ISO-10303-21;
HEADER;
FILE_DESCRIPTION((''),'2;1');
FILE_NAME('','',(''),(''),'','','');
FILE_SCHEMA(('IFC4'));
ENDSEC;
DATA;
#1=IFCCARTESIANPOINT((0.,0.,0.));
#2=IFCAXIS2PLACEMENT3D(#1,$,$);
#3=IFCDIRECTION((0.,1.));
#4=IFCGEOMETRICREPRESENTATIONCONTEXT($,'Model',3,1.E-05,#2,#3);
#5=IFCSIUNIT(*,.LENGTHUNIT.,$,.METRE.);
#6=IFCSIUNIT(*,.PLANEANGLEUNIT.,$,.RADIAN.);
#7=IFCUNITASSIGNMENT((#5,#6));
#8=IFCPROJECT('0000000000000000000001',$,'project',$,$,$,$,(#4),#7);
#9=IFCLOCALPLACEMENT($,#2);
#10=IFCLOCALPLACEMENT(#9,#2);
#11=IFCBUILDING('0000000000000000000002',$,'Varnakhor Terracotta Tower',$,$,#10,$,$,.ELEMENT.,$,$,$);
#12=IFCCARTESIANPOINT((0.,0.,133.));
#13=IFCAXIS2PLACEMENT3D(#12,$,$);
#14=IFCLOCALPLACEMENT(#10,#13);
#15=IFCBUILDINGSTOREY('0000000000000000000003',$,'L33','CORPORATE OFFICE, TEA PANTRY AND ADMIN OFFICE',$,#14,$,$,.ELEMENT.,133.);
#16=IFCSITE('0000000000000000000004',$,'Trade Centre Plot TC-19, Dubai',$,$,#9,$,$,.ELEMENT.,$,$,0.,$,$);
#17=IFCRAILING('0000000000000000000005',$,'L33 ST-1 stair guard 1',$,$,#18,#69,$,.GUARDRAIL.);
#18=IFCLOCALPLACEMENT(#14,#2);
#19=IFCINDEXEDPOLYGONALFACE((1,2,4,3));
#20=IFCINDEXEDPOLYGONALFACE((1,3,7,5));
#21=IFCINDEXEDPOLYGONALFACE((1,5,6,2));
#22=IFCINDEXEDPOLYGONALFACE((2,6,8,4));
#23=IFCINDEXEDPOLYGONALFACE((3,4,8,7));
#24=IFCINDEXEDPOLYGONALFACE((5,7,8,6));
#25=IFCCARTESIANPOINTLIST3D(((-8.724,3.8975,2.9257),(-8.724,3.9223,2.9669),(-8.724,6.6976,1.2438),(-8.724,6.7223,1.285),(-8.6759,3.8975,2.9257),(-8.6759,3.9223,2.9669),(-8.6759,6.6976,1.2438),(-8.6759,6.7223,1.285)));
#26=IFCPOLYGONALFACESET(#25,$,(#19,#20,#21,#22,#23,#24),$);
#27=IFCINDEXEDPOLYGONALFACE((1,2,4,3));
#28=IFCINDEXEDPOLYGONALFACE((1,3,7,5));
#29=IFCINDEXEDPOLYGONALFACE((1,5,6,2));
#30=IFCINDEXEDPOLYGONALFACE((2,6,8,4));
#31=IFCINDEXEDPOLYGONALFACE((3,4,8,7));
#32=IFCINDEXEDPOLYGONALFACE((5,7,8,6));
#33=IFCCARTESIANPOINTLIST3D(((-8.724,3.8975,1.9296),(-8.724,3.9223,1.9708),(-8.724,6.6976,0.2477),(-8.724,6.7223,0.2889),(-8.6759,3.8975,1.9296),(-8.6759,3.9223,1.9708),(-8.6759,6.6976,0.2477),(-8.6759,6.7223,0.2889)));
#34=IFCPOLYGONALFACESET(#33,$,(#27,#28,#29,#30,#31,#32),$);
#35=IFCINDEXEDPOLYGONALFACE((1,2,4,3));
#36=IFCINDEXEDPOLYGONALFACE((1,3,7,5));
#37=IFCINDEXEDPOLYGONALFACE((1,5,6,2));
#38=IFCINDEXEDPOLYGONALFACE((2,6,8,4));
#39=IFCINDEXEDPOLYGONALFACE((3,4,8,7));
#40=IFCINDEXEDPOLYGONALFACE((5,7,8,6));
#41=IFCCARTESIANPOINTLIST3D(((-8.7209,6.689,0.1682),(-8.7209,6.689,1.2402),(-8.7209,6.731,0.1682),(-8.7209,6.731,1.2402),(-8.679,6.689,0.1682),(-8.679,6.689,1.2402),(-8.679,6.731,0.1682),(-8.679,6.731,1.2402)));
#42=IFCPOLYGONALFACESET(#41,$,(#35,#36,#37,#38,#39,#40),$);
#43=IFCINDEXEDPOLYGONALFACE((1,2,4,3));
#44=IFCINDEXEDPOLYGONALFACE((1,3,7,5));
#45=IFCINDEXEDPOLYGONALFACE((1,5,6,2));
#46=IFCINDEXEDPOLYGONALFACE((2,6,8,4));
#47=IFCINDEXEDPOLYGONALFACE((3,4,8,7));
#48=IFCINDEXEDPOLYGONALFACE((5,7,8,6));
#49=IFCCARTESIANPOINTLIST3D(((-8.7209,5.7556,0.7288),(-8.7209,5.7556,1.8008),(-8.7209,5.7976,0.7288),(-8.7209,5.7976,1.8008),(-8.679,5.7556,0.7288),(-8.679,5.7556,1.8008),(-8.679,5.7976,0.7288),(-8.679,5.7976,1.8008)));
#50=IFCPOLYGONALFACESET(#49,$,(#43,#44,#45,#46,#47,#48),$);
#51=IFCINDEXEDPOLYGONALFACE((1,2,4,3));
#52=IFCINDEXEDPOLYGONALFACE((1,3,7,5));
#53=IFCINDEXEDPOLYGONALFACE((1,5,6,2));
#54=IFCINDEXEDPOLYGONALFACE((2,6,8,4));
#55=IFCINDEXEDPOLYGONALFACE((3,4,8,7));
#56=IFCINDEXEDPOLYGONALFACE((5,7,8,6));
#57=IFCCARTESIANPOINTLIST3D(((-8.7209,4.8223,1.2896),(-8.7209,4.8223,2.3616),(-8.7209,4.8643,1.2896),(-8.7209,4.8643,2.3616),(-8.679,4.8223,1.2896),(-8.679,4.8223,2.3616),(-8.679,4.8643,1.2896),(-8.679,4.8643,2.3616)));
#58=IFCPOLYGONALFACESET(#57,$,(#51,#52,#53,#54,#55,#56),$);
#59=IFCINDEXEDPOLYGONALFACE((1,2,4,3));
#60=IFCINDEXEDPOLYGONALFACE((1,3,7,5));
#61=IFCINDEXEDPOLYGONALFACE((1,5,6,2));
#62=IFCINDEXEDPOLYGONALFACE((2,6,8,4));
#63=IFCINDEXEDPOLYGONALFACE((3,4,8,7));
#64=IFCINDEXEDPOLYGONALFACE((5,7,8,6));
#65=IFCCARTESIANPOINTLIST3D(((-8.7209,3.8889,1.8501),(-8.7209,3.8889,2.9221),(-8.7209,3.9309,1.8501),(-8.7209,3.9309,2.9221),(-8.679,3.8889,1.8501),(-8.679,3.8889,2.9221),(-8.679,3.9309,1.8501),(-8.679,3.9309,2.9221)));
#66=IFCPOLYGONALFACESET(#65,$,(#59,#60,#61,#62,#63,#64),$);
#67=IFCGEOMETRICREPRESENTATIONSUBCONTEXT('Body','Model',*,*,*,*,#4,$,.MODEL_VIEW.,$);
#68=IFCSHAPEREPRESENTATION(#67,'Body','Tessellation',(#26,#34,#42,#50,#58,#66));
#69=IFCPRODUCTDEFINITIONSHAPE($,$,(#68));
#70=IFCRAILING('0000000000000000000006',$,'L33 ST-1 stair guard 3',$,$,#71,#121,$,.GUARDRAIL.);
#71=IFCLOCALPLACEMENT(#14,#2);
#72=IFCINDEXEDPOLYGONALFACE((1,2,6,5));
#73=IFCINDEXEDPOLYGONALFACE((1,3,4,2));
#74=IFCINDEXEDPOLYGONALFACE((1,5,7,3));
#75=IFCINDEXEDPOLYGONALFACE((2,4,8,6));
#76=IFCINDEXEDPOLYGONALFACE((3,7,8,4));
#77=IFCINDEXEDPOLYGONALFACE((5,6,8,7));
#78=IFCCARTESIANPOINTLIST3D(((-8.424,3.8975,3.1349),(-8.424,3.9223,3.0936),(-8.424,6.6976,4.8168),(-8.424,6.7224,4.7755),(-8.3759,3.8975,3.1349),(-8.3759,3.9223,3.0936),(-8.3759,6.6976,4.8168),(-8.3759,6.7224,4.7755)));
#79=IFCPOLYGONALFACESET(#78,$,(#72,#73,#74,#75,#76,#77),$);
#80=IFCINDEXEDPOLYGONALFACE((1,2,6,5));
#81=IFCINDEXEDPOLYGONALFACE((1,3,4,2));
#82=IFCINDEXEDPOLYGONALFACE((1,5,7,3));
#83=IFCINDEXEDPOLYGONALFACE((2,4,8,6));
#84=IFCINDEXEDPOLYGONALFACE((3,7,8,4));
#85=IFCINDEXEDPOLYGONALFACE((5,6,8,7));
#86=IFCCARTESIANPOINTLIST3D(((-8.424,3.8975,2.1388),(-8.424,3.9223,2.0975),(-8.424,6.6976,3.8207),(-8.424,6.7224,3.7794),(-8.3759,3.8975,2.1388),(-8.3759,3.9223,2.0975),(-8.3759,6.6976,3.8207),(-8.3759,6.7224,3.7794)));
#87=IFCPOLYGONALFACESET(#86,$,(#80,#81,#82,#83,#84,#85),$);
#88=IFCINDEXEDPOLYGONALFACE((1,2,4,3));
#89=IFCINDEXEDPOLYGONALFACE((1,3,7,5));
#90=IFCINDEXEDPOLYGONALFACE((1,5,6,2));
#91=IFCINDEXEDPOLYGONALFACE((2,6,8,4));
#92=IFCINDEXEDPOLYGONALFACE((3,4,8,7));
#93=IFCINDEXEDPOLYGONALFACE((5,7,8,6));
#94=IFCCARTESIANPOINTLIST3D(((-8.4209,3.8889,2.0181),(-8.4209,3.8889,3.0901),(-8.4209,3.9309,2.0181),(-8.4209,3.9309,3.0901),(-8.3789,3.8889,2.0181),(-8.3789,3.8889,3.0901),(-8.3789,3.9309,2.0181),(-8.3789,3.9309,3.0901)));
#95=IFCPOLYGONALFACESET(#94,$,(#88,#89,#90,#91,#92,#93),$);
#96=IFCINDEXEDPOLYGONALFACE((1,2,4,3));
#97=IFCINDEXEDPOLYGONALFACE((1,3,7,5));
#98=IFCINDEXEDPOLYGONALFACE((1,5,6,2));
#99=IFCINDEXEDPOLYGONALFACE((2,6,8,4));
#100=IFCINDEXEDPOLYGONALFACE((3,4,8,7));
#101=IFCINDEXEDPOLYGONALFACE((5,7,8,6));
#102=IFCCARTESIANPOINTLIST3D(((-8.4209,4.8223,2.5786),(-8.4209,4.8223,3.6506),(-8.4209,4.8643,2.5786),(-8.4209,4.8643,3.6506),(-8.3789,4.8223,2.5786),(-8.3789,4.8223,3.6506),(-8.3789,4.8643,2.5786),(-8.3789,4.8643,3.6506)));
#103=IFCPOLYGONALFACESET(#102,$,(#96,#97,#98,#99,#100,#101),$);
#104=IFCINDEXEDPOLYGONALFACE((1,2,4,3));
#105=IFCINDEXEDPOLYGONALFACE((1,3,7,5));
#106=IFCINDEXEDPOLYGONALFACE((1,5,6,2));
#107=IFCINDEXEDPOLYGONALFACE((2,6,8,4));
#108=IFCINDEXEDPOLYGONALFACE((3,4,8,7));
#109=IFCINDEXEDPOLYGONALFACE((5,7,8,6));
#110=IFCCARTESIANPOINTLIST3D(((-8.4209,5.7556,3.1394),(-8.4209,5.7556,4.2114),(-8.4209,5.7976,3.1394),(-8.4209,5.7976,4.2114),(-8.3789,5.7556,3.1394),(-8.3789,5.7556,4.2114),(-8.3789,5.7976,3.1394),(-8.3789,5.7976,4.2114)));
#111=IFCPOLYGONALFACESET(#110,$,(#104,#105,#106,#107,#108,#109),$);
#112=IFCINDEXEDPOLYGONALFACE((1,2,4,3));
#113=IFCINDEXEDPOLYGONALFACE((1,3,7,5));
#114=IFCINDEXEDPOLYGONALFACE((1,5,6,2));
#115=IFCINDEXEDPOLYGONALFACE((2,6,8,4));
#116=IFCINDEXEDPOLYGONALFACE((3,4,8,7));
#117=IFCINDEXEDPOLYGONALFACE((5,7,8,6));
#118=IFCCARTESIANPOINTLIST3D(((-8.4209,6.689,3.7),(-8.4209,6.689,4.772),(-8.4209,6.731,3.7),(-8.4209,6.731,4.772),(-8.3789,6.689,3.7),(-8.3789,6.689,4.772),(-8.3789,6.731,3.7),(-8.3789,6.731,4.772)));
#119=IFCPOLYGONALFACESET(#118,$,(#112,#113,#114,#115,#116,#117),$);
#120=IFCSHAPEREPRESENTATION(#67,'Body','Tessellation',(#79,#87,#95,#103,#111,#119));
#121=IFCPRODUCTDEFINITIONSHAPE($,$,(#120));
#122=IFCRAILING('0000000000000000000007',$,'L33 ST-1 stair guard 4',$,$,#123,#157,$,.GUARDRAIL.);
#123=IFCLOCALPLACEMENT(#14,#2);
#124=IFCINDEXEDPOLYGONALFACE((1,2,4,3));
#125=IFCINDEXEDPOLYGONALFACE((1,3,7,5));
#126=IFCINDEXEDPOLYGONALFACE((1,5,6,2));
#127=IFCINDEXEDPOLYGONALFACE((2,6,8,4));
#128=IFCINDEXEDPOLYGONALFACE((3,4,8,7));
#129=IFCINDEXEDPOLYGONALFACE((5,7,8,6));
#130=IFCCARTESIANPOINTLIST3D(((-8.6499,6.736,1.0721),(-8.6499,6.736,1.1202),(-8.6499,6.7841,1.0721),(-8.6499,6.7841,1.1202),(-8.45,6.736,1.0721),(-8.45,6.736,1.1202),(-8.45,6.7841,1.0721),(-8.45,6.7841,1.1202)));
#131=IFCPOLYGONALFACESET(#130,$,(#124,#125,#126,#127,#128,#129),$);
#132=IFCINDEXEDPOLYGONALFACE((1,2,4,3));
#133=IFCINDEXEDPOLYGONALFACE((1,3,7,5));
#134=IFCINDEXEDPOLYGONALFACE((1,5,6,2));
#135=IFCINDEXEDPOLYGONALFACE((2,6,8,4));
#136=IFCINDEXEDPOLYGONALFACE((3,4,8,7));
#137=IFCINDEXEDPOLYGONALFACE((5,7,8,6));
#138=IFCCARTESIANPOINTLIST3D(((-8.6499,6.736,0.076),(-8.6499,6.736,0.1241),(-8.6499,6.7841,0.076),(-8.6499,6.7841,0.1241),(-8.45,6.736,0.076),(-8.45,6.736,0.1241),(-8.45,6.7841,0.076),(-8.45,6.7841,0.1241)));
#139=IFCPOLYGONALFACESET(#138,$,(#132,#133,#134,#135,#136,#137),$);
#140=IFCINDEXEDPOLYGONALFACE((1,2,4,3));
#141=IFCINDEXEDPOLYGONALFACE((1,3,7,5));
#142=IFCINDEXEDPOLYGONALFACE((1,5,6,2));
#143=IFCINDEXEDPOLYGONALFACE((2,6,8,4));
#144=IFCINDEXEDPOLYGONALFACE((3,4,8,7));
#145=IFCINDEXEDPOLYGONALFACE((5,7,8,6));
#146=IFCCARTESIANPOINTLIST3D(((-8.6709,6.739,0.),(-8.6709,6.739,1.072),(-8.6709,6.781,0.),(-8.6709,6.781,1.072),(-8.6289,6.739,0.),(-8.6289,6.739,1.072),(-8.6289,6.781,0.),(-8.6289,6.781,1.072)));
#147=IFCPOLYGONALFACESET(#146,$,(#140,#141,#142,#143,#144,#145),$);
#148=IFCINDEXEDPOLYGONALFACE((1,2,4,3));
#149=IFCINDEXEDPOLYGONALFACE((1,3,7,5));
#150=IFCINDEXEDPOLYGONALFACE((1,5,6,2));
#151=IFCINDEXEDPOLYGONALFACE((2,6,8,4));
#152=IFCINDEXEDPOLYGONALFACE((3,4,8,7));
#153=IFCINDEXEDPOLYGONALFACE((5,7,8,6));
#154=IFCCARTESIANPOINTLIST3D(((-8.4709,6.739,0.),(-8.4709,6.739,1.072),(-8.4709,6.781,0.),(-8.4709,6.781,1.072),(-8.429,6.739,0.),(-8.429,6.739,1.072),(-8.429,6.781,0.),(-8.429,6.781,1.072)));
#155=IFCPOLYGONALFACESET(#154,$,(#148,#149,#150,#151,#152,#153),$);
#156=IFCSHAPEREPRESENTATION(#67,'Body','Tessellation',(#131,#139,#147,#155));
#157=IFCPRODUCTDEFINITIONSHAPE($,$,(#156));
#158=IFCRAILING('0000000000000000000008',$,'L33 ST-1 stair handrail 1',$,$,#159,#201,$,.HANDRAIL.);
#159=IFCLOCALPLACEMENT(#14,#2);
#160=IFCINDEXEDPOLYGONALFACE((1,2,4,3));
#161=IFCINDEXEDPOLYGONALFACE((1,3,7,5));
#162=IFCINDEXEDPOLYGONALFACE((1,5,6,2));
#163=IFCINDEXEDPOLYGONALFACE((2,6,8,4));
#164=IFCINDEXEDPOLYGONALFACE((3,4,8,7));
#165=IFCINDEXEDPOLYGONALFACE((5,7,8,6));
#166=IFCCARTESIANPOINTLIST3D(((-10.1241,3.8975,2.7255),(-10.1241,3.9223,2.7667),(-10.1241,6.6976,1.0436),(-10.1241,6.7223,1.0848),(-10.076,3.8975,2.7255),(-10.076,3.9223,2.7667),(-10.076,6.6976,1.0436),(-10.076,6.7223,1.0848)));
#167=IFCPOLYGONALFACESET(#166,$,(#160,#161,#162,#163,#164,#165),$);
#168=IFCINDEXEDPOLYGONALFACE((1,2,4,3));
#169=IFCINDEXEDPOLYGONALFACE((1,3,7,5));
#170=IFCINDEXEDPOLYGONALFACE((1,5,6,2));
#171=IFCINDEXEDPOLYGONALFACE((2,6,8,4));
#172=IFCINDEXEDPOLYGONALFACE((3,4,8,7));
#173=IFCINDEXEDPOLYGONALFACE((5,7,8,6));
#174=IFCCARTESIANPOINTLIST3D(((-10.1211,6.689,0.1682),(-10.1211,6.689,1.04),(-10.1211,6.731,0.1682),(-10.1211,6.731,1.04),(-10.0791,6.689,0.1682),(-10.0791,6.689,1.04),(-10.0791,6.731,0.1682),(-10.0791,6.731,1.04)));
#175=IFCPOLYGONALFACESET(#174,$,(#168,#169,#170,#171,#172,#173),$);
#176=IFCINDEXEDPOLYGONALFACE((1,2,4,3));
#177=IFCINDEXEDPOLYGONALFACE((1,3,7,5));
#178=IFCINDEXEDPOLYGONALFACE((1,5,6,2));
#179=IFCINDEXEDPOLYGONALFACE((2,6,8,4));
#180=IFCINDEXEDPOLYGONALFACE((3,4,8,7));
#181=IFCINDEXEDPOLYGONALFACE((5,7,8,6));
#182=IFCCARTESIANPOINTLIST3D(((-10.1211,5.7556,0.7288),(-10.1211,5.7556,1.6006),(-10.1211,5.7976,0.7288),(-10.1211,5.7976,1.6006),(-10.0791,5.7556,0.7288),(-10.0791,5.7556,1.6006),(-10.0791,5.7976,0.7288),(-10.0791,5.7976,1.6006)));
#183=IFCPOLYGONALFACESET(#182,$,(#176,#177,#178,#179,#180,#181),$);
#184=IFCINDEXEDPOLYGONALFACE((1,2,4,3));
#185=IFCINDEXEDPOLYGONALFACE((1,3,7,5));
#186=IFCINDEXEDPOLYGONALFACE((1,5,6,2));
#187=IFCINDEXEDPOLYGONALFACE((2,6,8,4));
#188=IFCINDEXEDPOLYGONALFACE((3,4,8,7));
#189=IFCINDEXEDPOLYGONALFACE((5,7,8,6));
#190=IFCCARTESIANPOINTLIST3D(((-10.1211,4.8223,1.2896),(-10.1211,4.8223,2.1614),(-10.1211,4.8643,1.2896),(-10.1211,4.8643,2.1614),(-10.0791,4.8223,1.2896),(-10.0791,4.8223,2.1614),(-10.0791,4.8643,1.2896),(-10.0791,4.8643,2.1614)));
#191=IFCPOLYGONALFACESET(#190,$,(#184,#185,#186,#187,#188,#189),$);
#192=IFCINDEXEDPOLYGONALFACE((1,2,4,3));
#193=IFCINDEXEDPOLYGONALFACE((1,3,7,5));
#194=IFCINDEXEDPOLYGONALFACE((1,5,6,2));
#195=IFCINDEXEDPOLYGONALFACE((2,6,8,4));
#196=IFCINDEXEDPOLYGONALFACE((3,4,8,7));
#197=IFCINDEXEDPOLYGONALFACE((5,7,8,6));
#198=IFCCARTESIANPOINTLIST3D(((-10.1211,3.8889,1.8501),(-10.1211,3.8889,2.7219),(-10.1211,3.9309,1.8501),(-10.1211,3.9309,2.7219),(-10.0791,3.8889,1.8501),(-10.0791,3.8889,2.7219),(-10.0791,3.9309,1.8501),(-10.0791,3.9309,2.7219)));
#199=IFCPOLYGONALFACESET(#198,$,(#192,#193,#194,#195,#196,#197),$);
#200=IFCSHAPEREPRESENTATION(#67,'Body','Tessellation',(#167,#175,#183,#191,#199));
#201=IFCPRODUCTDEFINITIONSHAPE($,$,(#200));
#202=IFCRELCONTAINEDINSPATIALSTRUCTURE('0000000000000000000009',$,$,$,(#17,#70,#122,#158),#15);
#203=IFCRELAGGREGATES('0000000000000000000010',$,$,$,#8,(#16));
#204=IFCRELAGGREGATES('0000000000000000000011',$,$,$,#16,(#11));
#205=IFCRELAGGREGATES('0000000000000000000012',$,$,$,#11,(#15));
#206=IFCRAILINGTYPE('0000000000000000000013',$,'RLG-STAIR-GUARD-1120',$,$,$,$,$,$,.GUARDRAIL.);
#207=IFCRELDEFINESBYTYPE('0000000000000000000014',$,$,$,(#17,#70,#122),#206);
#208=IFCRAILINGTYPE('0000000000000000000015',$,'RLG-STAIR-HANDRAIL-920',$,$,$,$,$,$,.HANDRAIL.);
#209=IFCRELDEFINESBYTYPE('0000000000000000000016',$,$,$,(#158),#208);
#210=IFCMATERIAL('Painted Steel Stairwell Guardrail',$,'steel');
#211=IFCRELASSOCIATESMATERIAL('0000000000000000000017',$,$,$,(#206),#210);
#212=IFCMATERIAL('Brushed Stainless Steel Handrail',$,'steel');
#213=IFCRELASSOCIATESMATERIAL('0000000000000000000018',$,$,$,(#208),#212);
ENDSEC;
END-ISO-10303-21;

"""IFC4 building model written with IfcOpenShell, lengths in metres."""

from ifc_helpers import new_model, si_unit, direction, frame, origin, origin_2d, place, context, subcontext, project, spatial, rectangle, extrude, material, type_object, element, save


model = new_model("IFC4")

# Units and contexts
model_context = context("Model", 3, precision=1e-05, world=origin(), true_north=direction((0.0, 1.0)))
body_context = subcontext(model_context, "Body", "Model", "MODEL_VIEW")
ifc_project = project(units=[si_unit("LENGTHUNIT", "METRE"), si_unit("PLANEANGLEUNIT", "RADIAN")], contexts=[model_context])

# Site, building, storey
site_placement = place(None, origin())
site = spatial("IfcSite", under=ifc_project, at=site_placement, Name="Trade Centre Plot TC-19, Dubai", CompositionType="ELEMENT", RefElevation=0.0)
building_placement = place(site_placement, origin())
building = spatial("IfcBuilding", under=site, at=building_placement, Name="Varnakhor Terracotta Tower", CompositionType="ELEMENT")
storey_placement = place(building_placement, frame((0.0, 0.0, 133.0)))
storey = spatial("IfcBuildingStorey", under=building, at=storey_placement, Name="L33", Description="CORPORATE OFFICE, TEA PANTRY AND ADMIN OFFICE", CompositionType="ELEMENT", Elevation=133.0)

# Railings
ifc_material_1 = material(Name="Painted Steel Stairwell Guardrail", Category="steel")
railing_type_1 = type_object("IfcRailingType", Name="RLG-STAIR-GUARD-1120", PredefinedType="GUARDRAIL", material=ifc_material_1)
railing_1_placement = place(storey_placement, frame((-8.7, 6.71, 0.1682)))
element("IfcRailing", 1, at=railing_1_placement, inside=storey, type_object=railing_type_1, Name="L33 ST-1 stair guard 1", PredefinedType="GUARDRAIL", context=body_context, shape_type="SweptSolid", body=[
    extrude(rectangle(XDim=0.0481, YDim=0.0481, at=origin_2d()), frame((0.0, 0.0, 1.0962), z_axis=(0.0, -0.857242, 0.514913), x_axis=(1.0, 0.0, 0.0)), (0.0, 0.0, 1.0), 3.2664),
    extrude(rectangle(XDim=0.0481, YDim=0.0481, at=origin_2d()), frame((0.0, 0.0, 0.1001), z_axis=(0.0, -0.857242, 0.514913), x_axis=(1.0, 0.0, 0.0)), (0.0, 0.0, 1.0), 3.2664),
    extrude(rectangle(XDim=0.042, YDim=0.042, at=origin_2d()), origin(), (0.0, 0.0, 1.0), 1.072),
    extrude(rectangle(XDim=0.042, YDim=0.042, at=origin_2d()), frame((0.0, -0.9333, 0.5605)), (0.0, 0.0, 1.0), 1.072),
    extrude(rectangle(XDim=0.042, YDim=0.042, at=origin_2d()), frame((0.0, -1.8667, 1.1213)), (0.0, 0.0, 1.0), 1.072),
    extrude(rectangle(XDim=0.042, YDim=0.042, at=origin_2d()), frame((0.0, -2.8, 1.6819)), (0.0, 0.0, 1.0), 1.072),
])
railing_2_placement = place(storey_placement, frame((-8.3999, 3.9099, 2.0181)))
element("IfcRailing", 2, at=railing_2_placement, inside=storey, type_object=railing_type_1, Name="L33 ST-1 stair guard 3", PredefinedType="GUARDRAIL", context=body_context, shape_type="SweptSolid", body=[
    extrude(rectangle(XDim=0.0481, YDim=0.0481, at=origin_2d()), frame((0.0, 0.0, 1.0962), z_axis=(0.0, 0.857242, 0.514913), x_axis=(-1.0, 0.0, 0.0)), (0.0, 0.0, 1.0), 3.2664),
    extrude(rectangle(XDim=0.0481, YDim=0.0481, at=origin_2d()), frame((0.0, 0.0, 0.1001), z_axis=(0.0, 0.857242, 0.514913), x_axis=(-1.0, 0.0, 0.0)), (0.0, 0.0, 1.0), 3.2664),
    extrude(rectangle(XDim=0.042, YDim=0.042, at=origin_2d()), origin(), (0.0, 0.0, 1.0), 1.072),
    extrude(rectangle(XDim=0.042, YDim=0.042, at=origin_2d()), frame((0.0, 0.9333, 0.5605)), (0.0, 0.0, 1.0), 1.072),
    extrude(rectangle(XDim=0.042, YDim=0.042, at=origin_2d()), frame((0.0, 1.8667, 1.1213)), (0.0, 0.0, 1.0), 1.072),
    extrude(rectangle(XDim=0.042, YDim=0.042, at=origin_2d()), frame((0.0, 2.8, 1.6819)), (0.0, 0.0, 1.0), 1.072),
])
railing_3_placement = place(storey_placement, frame((-8.6499, 6.76, 0.0)))
element("IfcRailing", 3, at=railing_3_placement, inside=storey, type_object=railing_type_1, Name="L33 ST-1 stair guard 4", PredefinedType="GUARDRAIL", context=body_context, shape_type="SweptSolid", body=[
    extrude(rectangle(XDim=0.0481, YDim=0.0481, at=origin_2d()), frame((0.0, 0.0, 1.0962), z_axis=(1.0, 0.0, 0.0), x_axis=(0.0, 1.0, 0.0)), (0.0, 0.0, 1.0), 0.2),
    extrude(rectangle(XDim=0.0481, YDim=0.0481, at=origin_2d()), frame((0.0, 0.0, 0.1001), z_axis=(1.0, 0.0, 0.0), x_axis=(0.0, 1.0, 0.0)), (0.0, 0.0, 1.0), 0.2),
    extrude(rectangle(XDim=0.042, YDim=0.042, at=origin_2d()), origin(), (0.0, 0.0, 1.0), 1.072),
    extrude(rectangle(XDim=0.042, YDim=0.042, at=origin_2d()), frame((0.2, 0.0, 0.0)), (0.0, 0.0, 1.0), 1.072),
])
ifc_material_2 = material(Name="Brushed Stainless Steel Handrail", Category="steel")
railing_type_2 = type_object("IfcRailingType", Name="RLG-STAIR-HANDRAIL-920", PredefinedType="HANDRAIL", material=ifc_material_2)
railing_4_placement = place(storey_placement, frame((-10.1001, 6.71, 0.1682)))
element("IfcRailing", 4, at=railing_4_placement, inside=storey, type_object=railing_type_2, Name="L33 ST-1 stair handrail 1", PredefinedType="HANDRAIL", context=body_context, shape_type="SweptSolid", body=[
    extrude(rectangle(XDim=0.0481, YDim=0.0481, at=origin_2d()), frame((0.0, 0.0, 0.896), z_axis=(0.0, -0.857242, 0.514913), x_axis=(1.0, 0.0, 0.0)), (0.0, 0.0, 1.0), 3.2664),
    extrude(rectangle(XDim=0.042, YDim=0.042, at=origin_2d()), origin(), (0.0, 0.0, 1.0), 0.8718),
    extrude(rectangle(XDim=0.042, YDim=0.042, at=origin_2d()), frame((0.0, -0.9333, 0.5605)), (0.0, 0.0, 1.0), 0.8718),
    extrude(rectangle(XDim=0.042, YDim=0.042, at=origin_2d()), frame((0.0, -1.8667, 1.1213)), (0.0, 0.0, 1.0), 0.8718),
    extrude(rectangle(XDim=0.042, YDim=0.042, at=origin_2d()), frame((0.0, -2.8, 1.6819)), (0.0, 0.0, 1.0), 0.8718),
])

save(model, "model.ifc")
